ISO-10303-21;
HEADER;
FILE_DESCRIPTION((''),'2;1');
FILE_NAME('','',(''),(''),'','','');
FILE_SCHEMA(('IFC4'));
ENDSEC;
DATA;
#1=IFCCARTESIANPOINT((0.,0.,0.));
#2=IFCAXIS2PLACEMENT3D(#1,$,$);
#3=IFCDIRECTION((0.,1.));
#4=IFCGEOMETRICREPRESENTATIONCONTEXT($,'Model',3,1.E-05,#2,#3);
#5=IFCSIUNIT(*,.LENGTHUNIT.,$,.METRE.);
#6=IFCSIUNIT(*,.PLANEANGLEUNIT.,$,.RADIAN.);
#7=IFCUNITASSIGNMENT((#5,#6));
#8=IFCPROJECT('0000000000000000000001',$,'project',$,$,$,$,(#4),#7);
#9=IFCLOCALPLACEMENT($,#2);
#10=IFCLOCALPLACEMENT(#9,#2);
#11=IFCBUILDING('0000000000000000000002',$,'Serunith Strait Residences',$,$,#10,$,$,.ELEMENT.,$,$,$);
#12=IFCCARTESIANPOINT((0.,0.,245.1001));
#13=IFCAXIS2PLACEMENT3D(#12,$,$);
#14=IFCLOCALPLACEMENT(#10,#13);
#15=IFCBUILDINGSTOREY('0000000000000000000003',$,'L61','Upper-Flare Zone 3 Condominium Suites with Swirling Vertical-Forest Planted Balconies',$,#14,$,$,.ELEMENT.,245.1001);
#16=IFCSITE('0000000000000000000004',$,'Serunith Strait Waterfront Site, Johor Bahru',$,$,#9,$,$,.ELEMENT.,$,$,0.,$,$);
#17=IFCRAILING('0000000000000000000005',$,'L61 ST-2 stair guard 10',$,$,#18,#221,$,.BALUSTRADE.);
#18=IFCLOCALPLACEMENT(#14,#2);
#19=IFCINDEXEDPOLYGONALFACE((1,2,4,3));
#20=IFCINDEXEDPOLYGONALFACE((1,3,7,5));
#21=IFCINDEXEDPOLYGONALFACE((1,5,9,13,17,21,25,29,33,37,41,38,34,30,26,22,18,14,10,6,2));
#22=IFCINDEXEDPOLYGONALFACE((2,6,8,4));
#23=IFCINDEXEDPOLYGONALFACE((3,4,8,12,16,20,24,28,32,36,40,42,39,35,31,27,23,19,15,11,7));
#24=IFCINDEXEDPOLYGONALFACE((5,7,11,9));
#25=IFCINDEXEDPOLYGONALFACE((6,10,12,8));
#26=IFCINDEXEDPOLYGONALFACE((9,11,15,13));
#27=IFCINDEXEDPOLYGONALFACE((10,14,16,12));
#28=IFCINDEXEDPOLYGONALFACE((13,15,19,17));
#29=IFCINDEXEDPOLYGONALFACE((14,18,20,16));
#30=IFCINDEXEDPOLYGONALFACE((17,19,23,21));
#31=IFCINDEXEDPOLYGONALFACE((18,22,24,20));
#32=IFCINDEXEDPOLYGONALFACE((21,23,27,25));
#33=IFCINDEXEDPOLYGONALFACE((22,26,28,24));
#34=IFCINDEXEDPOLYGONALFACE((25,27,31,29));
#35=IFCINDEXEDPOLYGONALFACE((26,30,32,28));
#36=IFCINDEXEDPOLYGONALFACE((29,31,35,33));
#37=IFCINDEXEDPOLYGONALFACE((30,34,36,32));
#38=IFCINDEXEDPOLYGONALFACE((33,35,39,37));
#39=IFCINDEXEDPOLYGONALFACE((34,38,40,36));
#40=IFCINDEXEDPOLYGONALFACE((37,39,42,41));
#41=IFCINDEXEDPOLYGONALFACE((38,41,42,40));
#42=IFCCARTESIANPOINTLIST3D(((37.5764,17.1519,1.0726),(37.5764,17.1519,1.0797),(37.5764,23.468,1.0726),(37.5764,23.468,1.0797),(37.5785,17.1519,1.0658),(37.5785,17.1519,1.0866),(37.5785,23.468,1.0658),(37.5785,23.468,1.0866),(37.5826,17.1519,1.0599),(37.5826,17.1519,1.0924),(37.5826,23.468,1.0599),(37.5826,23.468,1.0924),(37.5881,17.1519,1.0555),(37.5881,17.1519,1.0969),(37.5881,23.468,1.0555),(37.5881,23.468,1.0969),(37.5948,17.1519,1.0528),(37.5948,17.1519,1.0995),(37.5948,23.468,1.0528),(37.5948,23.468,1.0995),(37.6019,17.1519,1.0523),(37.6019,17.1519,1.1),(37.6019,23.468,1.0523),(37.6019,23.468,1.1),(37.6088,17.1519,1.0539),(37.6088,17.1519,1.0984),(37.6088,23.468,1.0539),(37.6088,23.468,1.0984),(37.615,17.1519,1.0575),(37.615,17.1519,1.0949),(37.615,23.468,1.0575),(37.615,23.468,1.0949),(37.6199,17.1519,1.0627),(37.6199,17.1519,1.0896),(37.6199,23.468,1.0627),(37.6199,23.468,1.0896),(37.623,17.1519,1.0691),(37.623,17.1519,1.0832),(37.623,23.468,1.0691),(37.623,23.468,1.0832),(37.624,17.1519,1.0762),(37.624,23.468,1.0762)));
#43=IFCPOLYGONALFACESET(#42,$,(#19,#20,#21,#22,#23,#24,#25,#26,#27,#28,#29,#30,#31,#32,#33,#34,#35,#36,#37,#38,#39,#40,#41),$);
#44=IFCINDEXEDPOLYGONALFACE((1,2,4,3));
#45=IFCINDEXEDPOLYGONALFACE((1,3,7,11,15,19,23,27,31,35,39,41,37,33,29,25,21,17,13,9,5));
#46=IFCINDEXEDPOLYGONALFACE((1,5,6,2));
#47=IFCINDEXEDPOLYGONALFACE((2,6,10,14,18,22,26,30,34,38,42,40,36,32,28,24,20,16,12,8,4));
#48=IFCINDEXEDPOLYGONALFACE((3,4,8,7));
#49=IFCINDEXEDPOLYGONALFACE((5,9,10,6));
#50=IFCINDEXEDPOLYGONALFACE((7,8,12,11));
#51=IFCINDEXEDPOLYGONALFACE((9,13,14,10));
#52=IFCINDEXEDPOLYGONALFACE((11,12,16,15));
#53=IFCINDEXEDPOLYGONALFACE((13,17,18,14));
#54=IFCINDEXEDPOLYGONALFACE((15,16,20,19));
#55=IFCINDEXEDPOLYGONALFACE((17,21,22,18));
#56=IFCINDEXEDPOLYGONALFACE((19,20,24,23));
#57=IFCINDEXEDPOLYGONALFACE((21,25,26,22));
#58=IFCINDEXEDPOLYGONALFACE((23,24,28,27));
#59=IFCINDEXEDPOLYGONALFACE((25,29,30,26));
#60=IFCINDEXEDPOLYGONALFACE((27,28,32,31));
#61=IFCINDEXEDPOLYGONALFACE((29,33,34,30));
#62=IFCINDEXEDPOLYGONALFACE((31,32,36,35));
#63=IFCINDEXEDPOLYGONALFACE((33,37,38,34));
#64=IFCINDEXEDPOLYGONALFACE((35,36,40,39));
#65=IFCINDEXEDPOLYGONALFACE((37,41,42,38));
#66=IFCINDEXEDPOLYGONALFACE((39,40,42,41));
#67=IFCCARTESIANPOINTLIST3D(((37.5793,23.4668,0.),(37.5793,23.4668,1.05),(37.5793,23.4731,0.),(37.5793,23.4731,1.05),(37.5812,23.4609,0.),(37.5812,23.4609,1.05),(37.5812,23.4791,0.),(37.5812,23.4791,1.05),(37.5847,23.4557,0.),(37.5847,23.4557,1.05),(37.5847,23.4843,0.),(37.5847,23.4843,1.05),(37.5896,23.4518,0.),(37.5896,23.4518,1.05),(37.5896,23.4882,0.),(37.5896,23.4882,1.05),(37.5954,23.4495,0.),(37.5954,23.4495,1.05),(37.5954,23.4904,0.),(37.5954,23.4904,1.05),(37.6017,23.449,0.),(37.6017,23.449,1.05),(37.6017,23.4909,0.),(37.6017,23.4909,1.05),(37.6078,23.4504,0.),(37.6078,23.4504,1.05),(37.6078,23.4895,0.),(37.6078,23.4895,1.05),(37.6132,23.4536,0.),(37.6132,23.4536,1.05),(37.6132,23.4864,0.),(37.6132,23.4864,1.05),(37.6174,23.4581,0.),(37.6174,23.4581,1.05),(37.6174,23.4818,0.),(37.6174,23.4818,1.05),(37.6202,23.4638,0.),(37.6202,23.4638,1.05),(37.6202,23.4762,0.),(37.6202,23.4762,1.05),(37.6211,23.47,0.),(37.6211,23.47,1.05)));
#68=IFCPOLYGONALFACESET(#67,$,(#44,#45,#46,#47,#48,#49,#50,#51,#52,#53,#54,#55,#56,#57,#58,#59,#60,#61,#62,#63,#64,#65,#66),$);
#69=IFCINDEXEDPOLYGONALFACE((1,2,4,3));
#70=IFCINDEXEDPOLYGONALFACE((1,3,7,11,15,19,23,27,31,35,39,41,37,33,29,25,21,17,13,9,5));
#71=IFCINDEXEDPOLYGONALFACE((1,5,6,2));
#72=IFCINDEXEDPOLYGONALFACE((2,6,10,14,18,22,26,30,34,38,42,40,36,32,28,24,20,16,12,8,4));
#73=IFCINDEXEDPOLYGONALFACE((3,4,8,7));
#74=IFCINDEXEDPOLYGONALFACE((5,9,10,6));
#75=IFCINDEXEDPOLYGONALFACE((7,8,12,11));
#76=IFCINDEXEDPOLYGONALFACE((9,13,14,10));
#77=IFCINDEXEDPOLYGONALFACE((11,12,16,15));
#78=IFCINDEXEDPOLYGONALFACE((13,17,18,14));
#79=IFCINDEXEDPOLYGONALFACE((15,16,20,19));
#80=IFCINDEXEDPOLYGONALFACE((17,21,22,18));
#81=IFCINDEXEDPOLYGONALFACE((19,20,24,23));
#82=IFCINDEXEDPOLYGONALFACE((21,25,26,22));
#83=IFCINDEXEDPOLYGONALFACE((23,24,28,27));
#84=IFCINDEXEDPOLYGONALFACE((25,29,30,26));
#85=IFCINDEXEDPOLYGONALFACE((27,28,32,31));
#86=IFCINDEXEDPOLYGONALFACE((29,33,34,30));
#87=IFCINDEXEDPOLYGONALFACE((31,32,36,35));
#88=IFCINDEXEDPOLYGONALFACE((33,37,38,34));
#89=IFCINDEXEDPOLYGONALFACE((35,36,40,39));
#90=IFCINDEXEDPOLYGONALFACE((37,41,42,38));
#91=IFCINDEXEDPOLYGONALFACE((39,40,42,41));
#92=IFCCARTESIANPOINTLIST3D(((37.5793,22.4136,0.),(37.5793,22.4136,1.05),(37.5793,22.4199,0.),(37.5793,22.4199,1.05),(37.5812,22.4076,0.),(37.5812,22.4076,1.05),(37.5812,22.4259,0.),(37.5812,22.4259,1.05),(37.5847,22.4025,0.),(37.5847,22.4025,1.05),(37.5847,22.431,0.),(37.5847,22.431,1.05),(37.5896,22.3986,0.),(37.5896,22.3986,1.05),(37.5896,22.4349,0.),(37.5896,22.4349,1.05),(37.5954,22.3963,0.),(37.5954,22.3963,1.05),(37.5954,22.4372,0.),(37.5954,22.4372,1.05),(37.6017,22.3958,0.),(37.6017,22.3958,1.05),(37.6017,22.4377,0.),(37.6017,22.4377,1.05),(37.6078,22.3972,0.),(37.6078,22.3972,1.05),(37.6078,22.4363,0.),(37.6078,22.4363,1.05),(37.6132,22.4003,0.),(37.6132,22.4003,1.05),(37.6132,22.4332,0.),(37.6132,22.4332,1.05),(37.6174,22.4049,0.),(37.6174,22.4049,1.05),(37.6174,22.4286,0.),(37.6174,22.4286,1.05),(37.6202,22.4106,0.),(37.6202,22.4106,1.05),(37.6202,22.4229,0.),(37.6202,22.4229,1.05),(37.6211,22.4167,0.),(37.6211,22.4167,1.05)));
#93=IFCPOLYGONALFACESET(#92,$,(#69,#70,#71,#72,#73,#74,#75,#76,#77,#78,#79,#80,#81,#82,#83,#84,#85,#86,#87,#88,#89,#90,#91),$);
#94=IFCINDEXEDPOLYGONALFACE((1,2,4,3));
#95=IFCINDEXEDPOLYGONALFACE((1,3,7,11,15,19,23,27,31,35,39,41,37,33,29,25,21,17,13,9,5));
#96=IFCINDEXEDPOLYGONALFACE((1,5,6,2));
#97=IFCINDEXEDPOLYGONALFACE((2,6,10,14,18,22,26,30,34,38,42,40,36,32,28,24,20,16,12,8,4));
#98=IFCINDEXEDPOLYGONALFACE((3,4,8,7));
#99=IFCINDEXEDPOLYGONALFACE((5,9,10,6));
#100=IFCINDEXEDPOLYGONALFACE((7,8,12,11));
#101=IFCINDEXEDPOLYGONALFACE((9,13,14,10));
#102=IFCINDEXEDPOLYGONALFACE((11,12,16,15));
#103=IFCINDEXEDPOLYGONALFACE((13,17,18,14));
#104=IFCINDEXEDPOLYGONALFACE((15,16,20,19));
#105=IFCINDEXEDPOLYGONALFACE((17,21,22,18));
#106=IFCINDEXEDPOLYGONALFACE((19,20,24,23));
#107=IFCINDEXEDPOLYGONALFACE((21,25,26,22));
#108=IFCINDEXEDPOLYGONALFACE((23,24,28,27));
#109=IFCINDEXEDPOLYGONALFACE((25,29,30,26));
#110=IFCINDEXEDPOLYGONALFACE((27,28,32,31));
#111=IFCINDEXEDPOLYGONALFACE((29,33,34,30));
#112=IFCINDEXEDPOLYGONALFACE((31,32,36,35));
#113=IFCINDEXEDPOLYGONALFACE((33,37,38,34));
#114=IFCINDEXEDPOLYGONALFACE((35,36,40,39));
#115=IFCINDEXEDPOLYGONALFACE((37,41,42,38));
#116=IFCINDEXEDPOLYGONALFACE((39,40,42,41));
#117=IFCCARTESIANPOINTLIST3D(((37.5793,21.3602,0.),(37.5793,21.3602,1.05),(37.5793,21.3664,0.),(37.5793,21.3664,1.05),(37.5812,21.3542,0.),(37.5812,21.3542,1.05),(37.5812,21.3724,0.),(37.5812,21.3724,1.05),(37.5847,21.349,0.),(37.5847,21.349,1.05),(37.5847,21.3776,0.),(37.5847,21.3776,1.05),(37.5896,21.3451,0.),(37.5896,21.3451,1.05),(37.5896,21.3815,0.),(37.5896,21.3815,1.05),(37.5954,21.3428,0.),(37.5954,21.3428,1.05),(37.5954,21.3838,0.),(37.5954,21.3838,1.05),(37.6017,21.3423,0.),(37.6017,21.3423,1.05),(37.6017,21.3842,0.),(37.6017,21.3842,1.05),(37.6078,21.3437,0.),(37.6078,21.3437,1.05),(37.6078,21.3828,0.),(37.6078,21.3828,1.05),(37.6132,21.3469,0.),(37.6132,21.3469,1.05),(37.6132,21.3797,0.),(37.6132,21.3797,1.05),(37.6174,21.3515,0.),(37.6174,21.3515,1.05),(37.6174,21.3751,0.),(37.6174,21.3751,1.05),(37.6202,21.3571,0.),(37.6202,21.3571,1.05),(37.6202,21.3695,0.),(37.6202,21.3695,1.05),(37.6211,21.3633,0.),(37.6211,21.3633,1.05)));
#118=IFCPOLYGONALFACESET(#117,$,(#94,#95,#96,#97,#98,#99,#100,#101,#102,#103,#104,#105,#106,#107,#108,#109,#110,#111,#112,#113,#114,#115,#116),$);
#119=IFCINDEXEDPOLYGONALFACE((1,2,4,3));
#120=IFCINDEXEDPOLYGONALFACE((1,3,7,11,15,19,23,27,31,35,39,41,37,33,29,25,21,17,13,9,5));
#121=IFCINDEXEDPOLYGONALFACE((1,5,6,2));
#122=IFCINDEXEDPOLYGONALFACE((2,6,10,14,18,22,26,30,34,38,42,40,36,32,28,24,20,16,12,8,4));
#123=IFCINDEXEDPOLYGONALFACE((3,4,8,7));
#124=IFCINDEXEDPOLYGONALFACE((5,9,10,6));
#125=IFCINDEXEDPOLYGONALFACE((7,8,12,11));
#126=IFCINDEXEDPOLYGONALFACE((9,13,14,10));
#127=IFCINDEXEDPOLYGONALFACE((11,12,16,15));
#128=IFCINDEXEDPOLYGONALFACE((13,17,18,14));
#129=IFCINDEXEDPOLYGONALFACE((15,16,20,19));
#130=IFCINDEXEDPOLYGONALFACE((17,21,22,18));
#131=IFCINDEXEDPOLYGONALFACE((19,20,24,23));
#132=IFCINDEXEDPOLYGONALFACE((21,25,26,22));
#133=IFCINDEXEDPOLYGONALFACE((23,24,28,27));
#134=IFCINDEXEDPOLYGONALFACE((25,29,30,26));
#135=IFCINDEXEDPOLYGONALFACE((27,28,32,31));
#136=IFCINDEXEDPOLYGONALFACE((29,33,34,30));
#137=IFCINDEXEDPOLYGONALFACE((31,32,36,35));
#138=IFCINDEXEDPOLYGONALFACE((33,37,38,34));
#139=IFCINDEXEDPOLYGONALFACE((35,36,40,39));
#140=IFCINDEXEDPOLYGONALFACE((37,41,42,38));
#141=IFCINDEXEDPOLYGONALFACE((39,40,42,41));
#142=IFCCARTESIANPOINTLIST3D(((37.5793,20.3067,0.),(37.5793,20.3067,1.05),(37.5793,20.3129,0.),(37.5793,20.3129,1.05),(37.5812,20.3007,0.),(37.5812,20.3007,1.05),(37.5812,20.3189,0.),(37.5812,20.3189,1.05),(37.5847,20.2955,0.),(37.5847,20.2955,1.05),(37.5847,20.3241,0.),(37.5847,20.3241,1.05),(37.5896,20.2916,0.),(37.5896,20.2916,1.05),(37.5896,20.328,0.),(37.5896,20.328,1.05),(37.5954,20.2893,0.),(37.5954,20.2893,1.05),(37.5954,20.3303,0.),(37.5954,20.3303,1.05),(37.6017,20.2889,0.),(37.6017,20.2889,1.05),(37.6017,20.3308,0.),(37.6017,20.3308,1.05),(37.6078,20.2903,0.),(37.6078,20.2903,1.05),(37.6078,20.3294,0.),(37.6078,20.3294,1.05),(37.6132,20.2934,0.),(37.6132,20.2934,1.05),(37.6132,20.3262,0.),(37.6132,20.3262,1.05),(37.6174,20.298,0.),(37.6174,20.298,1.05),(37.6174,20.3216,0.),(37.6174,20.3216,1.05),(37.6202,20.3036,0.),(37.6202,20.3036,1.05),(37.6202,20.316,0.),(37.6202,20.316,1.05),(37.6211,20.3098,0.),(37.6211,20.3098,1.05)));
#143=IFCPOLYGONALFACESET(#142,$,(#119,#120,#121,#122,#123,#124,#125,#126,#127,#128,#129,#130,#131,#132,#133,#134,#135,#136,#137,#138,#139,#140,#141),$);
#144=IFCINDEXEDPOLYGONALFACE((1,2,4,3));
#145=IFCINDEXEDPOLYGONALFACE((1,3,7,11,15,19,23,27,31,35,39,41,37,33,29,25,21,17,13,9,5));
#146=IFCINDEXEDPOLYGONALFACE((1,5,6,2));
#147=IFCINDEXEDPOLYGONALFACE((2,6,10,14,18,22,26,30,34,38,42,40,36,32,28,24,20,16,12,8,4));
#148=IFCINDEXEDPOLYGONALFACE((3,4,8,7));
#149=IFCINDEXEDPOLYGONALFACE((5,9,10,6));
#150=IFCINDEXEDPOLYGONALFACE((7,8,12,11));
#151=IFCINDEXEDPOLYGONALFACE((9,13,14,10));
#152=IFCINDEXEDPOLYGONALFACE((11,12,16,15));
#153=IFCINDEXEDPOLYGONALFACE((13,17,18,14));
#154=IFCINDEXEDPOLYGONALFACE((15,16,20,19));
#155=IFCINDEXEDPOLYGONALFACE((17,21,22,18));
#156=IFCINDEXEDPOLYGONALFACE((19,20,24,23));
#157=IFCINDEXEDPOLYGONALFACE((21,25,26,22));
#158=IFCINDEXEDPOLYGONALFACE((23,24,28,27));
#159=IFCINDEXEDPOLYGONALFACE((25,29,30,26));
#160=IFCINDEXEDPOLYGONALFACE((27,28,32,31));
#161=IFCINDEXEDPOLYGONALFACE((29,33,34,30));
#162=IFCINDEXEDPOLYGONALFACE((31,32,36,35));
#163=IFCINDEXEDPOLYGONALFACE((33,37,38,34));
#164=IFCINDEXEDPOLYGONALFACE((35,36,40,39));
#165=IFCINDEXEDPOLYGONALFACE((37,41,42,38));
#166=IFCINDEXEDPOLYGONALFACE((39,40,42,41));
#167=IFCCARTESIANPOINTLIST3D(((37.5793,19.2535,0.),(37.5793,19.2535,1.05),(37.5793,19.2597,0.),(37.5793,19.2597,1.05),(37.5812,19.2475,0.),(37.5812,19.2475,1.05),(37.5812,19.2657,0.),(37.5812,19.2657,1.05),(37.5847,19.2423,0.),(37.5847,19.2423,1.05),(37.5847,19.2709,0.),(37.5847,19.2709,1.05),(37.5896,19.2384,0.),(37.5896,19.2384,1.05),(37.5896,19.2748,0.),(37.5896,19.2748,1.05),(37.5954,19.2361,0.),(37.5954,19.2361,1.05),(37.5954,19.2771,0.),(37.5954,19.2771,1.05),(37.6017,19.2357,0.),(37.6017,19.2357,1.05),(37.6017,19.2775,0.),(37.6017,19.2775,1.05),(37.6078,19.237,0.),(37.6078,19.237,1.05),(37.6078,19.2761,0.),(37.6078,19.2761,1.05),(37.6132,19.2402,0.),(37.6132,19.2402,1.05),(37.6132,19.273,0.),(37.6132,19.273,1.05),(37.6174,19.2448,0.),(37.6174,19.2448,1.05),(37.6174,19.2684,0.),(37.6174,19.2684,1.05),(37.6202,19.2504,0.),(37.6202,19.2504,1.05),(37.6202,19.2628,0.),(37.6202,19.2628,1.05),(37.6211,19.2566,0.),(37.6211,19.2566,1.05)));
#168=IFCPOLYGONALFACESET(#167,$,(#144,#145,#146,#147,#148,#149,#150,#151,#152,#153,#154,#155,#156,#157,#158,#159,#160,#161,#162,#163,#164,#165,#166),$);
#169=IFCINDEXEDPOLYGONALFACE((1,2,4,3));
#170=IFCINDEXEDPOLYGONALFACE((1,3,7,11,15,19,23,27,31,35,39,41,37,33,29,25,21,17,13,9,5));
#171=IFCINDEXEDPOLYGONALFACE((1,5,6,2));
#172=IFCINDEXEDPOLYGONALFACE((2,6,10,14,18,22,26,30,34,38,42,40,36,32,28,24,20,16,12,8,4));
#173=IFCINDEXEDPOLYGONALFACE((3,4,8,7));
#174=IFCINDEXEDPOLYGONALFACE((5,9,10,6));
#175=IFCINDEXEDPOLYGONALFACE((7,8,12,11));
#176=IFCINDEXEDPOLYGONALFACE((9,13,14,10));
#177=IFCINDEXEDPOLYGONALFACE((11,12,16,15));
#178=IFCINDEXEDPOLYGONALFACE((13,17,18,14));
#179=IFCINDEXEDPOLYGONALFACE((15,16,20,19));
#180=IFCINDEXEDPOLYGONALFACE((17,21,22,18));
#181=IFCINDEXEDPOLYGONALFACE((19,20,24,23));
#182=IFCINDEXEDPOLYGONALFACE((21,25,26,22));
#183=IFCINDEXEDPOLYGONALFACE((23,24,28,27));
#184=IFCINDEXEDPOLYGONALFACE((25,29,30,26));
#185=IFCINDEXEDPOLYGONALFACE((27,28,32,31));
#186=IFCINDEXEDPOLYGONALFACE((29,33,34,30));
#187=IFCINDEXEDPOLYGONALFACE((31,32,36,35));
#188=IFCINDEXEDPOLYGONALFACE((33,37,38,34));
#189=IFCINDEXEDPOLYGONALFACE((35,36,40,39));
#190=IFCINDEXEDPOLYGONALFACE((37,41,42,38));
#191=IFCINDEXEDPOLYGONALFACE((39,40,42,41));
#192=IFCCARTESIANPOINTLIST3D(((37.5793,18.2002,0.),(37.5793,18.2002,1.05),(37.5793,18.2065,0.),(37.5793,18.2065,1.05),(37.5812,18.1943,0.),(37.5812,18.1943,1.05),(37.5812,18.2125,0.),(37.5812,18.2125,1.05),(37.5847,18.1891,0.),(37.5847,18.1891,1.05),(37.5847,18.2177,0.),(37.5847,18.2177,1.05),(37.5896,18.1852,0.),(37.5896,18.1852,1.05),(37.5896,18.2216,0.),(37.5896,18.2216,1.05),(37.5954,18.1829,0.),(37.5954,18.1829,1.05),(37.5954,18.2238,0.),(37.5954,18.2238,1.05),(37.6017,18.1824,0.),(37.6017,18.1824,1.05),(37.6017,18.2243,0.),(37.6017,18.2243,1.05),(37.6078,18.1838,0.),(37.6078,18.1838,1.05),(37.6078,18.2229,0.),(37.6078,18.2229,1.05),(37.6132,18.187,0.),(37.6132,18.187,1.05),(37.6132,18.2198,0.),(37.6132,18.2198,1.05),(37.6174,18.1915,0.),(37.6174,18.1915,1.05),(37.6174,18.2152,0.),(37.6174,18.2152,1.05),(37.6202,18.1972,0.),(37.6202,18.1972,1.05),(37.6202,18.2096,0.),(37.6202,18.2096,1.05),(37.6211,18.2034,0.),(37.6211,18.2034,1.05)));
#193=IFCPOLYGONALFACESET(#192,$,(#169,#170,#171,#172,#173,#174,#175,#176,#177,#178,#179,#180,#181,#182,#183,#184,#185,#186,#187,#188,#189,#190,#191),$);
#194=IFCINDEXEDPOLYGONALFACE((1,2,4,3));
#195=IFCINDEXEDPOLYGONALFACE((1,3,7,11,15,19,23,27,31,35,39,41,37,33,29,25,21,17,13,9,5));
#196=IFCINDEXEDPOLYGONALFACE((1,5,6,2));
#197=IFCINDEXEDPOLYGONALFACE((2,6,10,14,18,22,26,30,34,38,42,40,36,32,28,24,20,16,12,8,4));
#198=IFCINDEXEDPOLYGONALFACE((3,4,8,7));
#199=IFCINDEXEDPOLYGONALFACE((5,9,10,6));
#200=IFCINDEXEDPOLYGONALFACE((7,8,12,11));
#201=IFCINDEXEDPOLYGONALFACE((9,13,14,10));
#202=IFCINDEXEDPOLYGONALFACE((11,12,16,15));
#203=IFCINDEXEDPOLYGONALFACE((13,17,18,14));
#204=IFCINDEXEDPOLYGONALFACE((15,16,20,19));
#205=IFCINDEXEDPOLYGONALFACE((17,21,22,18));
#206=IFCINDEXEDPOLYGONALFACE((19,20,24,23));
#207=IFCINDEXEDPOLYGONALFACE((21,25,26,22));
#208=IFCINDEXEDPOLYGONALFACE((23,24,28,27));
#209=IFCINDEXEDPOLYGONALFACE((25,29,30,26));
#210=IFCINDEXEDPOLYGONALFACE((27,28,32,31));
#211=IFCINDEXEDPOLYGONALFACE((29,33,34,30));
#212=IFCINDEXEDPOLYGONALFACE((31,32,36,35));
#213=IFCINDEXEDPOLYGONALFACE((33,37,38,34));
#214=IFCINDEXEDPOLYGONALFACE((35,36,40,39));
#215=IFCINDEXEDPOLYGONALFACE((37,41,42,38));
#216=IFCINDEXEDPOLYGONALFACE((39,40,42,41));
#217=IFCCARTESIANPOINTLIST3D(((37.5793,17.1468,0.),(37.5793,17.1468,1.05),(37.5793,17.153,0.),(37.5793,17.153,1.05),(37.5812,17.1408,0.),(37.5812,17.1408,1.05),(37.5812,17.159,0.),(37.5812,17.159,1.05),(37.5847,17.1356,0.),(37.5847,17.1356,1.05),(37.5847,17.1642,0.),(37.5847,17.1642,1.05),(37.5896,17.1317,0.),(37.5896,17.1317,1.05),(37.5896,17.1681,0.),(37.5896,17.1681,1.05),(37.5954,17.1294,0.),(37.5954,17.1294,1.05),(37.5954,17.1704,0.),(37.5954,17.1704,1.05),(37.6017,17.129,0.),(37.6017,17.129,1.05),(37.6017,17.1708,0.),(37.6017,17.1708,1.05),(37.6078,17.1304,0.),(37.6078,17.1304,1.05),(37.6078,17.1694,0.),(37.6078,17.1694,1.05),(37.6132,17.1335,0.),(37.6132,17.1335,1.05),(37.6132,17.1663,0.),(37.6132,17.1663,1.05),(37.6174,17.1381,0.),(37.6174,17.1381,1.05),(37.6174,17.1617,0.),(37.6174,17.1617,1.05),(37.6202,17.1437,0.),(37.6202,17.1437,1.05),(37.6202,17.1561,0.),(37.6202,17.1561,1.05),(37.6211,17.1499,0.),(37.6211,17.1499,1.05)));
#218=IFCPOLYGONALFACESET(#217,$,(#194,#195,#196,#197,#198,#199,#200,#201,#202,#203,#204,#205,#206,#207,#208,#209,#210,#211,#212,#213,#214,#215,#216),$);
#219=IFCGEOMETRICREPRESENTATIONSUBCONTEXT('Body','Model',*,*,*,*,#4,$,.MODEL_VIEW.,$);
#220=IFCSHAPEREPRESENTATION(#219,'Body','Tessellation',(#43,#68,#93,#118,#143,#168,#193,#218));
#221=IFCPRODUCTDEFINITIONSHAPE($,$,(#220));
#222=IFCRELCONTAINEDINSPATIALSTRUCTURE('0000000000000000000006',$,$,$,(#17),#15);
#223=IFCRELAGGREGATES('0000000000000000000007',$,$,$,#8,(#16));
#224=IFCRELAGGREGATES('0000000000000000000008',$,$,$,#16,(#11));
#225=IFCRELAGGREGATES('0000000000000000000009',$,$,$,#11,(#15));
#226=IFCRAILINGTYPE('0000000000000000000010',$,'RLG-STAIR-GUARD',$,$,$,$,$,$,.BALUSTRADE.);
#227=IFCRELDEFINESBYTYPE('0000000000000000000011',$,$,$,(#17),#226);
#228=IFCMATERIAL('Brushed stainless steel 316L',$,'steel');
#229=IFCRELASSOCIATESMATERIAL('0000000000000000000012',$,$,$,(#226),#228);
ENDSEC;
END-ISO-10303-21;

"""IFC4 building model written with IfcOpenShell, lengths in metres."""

from ifc_helpers import new_model, si_unit, direction, frame, origin, origin_2d, place, context, subcontext, project, spatial, circle, extrude, material, type_object, element, save


model = new_model("IFC4")

# Units and contexts
model_context = context("Model", 3, precision=1e-05, world=origin(), true_north=direction((0.0, 1.0)))
body_context = subcontext(model_context, "Body", "Model", "MODEL_VIEW")
ifc_project = project(units=[si_unit("LENGTHUNIT", "METRE"), si_unit("PLANEANGLEUNIT", "RADIAN")], contexts=[model_context])

# Site, building, storey
site_placement = place(None, origin())
site = spatial("IfcSite", under=ifc_project, at=site_placement, Name="Serunith Strait Waterfront Site, Johor Bahru", CompositionType="ELEMENT", RefElevation=0.0)
building_placement = place(site_placement, origin())
building = spatial("IfcBuilding", under=site, at=building_placement, Name="Serunith Strait Residences", CompositionType="ELEMENT")
storey_placement = place(building_placement, frame((0.0, 0.0, 245.1001)))
storey = spatial("IfcBuildingStorey", under=building, at=storey_placement, Name="L61", Description="Upper-Flare Zone 3 Condominium Suites with Swirling Vertical-Forest Planted Balconies", CompositionType="ELEMENT", Elevation=245.1001)

# Railing
ifc_material_1 = material(Name="Brushed stainless steel 316L", Category="steel")
railing_type_1 = type_object("IfcRailingType", Name="RLG-STAIR-GUARD", PredefinedType="BALUSTRADE", material=ifc_material_1)
railing_1_placement = place(storey_placement, frame((37.6001, 23.47, 0.0)))
element("IfcRailing", 1, at=railing_1_placement, inside=storey, type_object=railing_type_1, Name="L61 ST-2 stair guard 10", PredefinedType="BALUSTRADE", context=body_context, shape_type="SweptSolid", body=[
    extrude(circle(Radius=0.0239, at=origin_2d()), frame((0.0, -0.002, 1.0762), z_axis=(0.0, -1.0, 0.0), x_axis=(1.0, 0.0, 0.0)), (0.0, 0.0, 1.0), 6.3162),
    extrude(circle(Radius=0.021, at=origin_2d()), origin(), (0.0, 0.0, 1.0), 1.05),
    extrude(circle(Radius=0.021, at=origin_2d()), frame((0.0, -1.0532, 0.0)), (0.0, 0.0, 1.0), 1.05),
    extrude(circle(Radius=0.021, at=origin_2d()), frame((0.0, -2.1067, 0.0)), (0.0, 0.0, 1.0), 1.05),
    extrude(circle(Radius=0.021, at=origin_2d()), frame((0.0, -3.1602, 0.0)), (0.0, 0.0, 1.0), 1.05),
    extrude(circle(Radius=0.021, at=origin_2d()), frame((0.0, -4.2134, 0.0)), (0.0, 0.0, 1.0), 1.05),
    extrude(circle(Radius=0.021, at=origin_2d()), frame((0.0, -5.2666, 0.0)), (0.0, 0.0, 1.0), 1.05),
    extrude(circle(Radius=0.021, at=origin_2d()), frame((0.0, -6.3201, 0.0)), (0.0, 0.0, 1.0), 1.05),
])

save(model, "model.ifc")
